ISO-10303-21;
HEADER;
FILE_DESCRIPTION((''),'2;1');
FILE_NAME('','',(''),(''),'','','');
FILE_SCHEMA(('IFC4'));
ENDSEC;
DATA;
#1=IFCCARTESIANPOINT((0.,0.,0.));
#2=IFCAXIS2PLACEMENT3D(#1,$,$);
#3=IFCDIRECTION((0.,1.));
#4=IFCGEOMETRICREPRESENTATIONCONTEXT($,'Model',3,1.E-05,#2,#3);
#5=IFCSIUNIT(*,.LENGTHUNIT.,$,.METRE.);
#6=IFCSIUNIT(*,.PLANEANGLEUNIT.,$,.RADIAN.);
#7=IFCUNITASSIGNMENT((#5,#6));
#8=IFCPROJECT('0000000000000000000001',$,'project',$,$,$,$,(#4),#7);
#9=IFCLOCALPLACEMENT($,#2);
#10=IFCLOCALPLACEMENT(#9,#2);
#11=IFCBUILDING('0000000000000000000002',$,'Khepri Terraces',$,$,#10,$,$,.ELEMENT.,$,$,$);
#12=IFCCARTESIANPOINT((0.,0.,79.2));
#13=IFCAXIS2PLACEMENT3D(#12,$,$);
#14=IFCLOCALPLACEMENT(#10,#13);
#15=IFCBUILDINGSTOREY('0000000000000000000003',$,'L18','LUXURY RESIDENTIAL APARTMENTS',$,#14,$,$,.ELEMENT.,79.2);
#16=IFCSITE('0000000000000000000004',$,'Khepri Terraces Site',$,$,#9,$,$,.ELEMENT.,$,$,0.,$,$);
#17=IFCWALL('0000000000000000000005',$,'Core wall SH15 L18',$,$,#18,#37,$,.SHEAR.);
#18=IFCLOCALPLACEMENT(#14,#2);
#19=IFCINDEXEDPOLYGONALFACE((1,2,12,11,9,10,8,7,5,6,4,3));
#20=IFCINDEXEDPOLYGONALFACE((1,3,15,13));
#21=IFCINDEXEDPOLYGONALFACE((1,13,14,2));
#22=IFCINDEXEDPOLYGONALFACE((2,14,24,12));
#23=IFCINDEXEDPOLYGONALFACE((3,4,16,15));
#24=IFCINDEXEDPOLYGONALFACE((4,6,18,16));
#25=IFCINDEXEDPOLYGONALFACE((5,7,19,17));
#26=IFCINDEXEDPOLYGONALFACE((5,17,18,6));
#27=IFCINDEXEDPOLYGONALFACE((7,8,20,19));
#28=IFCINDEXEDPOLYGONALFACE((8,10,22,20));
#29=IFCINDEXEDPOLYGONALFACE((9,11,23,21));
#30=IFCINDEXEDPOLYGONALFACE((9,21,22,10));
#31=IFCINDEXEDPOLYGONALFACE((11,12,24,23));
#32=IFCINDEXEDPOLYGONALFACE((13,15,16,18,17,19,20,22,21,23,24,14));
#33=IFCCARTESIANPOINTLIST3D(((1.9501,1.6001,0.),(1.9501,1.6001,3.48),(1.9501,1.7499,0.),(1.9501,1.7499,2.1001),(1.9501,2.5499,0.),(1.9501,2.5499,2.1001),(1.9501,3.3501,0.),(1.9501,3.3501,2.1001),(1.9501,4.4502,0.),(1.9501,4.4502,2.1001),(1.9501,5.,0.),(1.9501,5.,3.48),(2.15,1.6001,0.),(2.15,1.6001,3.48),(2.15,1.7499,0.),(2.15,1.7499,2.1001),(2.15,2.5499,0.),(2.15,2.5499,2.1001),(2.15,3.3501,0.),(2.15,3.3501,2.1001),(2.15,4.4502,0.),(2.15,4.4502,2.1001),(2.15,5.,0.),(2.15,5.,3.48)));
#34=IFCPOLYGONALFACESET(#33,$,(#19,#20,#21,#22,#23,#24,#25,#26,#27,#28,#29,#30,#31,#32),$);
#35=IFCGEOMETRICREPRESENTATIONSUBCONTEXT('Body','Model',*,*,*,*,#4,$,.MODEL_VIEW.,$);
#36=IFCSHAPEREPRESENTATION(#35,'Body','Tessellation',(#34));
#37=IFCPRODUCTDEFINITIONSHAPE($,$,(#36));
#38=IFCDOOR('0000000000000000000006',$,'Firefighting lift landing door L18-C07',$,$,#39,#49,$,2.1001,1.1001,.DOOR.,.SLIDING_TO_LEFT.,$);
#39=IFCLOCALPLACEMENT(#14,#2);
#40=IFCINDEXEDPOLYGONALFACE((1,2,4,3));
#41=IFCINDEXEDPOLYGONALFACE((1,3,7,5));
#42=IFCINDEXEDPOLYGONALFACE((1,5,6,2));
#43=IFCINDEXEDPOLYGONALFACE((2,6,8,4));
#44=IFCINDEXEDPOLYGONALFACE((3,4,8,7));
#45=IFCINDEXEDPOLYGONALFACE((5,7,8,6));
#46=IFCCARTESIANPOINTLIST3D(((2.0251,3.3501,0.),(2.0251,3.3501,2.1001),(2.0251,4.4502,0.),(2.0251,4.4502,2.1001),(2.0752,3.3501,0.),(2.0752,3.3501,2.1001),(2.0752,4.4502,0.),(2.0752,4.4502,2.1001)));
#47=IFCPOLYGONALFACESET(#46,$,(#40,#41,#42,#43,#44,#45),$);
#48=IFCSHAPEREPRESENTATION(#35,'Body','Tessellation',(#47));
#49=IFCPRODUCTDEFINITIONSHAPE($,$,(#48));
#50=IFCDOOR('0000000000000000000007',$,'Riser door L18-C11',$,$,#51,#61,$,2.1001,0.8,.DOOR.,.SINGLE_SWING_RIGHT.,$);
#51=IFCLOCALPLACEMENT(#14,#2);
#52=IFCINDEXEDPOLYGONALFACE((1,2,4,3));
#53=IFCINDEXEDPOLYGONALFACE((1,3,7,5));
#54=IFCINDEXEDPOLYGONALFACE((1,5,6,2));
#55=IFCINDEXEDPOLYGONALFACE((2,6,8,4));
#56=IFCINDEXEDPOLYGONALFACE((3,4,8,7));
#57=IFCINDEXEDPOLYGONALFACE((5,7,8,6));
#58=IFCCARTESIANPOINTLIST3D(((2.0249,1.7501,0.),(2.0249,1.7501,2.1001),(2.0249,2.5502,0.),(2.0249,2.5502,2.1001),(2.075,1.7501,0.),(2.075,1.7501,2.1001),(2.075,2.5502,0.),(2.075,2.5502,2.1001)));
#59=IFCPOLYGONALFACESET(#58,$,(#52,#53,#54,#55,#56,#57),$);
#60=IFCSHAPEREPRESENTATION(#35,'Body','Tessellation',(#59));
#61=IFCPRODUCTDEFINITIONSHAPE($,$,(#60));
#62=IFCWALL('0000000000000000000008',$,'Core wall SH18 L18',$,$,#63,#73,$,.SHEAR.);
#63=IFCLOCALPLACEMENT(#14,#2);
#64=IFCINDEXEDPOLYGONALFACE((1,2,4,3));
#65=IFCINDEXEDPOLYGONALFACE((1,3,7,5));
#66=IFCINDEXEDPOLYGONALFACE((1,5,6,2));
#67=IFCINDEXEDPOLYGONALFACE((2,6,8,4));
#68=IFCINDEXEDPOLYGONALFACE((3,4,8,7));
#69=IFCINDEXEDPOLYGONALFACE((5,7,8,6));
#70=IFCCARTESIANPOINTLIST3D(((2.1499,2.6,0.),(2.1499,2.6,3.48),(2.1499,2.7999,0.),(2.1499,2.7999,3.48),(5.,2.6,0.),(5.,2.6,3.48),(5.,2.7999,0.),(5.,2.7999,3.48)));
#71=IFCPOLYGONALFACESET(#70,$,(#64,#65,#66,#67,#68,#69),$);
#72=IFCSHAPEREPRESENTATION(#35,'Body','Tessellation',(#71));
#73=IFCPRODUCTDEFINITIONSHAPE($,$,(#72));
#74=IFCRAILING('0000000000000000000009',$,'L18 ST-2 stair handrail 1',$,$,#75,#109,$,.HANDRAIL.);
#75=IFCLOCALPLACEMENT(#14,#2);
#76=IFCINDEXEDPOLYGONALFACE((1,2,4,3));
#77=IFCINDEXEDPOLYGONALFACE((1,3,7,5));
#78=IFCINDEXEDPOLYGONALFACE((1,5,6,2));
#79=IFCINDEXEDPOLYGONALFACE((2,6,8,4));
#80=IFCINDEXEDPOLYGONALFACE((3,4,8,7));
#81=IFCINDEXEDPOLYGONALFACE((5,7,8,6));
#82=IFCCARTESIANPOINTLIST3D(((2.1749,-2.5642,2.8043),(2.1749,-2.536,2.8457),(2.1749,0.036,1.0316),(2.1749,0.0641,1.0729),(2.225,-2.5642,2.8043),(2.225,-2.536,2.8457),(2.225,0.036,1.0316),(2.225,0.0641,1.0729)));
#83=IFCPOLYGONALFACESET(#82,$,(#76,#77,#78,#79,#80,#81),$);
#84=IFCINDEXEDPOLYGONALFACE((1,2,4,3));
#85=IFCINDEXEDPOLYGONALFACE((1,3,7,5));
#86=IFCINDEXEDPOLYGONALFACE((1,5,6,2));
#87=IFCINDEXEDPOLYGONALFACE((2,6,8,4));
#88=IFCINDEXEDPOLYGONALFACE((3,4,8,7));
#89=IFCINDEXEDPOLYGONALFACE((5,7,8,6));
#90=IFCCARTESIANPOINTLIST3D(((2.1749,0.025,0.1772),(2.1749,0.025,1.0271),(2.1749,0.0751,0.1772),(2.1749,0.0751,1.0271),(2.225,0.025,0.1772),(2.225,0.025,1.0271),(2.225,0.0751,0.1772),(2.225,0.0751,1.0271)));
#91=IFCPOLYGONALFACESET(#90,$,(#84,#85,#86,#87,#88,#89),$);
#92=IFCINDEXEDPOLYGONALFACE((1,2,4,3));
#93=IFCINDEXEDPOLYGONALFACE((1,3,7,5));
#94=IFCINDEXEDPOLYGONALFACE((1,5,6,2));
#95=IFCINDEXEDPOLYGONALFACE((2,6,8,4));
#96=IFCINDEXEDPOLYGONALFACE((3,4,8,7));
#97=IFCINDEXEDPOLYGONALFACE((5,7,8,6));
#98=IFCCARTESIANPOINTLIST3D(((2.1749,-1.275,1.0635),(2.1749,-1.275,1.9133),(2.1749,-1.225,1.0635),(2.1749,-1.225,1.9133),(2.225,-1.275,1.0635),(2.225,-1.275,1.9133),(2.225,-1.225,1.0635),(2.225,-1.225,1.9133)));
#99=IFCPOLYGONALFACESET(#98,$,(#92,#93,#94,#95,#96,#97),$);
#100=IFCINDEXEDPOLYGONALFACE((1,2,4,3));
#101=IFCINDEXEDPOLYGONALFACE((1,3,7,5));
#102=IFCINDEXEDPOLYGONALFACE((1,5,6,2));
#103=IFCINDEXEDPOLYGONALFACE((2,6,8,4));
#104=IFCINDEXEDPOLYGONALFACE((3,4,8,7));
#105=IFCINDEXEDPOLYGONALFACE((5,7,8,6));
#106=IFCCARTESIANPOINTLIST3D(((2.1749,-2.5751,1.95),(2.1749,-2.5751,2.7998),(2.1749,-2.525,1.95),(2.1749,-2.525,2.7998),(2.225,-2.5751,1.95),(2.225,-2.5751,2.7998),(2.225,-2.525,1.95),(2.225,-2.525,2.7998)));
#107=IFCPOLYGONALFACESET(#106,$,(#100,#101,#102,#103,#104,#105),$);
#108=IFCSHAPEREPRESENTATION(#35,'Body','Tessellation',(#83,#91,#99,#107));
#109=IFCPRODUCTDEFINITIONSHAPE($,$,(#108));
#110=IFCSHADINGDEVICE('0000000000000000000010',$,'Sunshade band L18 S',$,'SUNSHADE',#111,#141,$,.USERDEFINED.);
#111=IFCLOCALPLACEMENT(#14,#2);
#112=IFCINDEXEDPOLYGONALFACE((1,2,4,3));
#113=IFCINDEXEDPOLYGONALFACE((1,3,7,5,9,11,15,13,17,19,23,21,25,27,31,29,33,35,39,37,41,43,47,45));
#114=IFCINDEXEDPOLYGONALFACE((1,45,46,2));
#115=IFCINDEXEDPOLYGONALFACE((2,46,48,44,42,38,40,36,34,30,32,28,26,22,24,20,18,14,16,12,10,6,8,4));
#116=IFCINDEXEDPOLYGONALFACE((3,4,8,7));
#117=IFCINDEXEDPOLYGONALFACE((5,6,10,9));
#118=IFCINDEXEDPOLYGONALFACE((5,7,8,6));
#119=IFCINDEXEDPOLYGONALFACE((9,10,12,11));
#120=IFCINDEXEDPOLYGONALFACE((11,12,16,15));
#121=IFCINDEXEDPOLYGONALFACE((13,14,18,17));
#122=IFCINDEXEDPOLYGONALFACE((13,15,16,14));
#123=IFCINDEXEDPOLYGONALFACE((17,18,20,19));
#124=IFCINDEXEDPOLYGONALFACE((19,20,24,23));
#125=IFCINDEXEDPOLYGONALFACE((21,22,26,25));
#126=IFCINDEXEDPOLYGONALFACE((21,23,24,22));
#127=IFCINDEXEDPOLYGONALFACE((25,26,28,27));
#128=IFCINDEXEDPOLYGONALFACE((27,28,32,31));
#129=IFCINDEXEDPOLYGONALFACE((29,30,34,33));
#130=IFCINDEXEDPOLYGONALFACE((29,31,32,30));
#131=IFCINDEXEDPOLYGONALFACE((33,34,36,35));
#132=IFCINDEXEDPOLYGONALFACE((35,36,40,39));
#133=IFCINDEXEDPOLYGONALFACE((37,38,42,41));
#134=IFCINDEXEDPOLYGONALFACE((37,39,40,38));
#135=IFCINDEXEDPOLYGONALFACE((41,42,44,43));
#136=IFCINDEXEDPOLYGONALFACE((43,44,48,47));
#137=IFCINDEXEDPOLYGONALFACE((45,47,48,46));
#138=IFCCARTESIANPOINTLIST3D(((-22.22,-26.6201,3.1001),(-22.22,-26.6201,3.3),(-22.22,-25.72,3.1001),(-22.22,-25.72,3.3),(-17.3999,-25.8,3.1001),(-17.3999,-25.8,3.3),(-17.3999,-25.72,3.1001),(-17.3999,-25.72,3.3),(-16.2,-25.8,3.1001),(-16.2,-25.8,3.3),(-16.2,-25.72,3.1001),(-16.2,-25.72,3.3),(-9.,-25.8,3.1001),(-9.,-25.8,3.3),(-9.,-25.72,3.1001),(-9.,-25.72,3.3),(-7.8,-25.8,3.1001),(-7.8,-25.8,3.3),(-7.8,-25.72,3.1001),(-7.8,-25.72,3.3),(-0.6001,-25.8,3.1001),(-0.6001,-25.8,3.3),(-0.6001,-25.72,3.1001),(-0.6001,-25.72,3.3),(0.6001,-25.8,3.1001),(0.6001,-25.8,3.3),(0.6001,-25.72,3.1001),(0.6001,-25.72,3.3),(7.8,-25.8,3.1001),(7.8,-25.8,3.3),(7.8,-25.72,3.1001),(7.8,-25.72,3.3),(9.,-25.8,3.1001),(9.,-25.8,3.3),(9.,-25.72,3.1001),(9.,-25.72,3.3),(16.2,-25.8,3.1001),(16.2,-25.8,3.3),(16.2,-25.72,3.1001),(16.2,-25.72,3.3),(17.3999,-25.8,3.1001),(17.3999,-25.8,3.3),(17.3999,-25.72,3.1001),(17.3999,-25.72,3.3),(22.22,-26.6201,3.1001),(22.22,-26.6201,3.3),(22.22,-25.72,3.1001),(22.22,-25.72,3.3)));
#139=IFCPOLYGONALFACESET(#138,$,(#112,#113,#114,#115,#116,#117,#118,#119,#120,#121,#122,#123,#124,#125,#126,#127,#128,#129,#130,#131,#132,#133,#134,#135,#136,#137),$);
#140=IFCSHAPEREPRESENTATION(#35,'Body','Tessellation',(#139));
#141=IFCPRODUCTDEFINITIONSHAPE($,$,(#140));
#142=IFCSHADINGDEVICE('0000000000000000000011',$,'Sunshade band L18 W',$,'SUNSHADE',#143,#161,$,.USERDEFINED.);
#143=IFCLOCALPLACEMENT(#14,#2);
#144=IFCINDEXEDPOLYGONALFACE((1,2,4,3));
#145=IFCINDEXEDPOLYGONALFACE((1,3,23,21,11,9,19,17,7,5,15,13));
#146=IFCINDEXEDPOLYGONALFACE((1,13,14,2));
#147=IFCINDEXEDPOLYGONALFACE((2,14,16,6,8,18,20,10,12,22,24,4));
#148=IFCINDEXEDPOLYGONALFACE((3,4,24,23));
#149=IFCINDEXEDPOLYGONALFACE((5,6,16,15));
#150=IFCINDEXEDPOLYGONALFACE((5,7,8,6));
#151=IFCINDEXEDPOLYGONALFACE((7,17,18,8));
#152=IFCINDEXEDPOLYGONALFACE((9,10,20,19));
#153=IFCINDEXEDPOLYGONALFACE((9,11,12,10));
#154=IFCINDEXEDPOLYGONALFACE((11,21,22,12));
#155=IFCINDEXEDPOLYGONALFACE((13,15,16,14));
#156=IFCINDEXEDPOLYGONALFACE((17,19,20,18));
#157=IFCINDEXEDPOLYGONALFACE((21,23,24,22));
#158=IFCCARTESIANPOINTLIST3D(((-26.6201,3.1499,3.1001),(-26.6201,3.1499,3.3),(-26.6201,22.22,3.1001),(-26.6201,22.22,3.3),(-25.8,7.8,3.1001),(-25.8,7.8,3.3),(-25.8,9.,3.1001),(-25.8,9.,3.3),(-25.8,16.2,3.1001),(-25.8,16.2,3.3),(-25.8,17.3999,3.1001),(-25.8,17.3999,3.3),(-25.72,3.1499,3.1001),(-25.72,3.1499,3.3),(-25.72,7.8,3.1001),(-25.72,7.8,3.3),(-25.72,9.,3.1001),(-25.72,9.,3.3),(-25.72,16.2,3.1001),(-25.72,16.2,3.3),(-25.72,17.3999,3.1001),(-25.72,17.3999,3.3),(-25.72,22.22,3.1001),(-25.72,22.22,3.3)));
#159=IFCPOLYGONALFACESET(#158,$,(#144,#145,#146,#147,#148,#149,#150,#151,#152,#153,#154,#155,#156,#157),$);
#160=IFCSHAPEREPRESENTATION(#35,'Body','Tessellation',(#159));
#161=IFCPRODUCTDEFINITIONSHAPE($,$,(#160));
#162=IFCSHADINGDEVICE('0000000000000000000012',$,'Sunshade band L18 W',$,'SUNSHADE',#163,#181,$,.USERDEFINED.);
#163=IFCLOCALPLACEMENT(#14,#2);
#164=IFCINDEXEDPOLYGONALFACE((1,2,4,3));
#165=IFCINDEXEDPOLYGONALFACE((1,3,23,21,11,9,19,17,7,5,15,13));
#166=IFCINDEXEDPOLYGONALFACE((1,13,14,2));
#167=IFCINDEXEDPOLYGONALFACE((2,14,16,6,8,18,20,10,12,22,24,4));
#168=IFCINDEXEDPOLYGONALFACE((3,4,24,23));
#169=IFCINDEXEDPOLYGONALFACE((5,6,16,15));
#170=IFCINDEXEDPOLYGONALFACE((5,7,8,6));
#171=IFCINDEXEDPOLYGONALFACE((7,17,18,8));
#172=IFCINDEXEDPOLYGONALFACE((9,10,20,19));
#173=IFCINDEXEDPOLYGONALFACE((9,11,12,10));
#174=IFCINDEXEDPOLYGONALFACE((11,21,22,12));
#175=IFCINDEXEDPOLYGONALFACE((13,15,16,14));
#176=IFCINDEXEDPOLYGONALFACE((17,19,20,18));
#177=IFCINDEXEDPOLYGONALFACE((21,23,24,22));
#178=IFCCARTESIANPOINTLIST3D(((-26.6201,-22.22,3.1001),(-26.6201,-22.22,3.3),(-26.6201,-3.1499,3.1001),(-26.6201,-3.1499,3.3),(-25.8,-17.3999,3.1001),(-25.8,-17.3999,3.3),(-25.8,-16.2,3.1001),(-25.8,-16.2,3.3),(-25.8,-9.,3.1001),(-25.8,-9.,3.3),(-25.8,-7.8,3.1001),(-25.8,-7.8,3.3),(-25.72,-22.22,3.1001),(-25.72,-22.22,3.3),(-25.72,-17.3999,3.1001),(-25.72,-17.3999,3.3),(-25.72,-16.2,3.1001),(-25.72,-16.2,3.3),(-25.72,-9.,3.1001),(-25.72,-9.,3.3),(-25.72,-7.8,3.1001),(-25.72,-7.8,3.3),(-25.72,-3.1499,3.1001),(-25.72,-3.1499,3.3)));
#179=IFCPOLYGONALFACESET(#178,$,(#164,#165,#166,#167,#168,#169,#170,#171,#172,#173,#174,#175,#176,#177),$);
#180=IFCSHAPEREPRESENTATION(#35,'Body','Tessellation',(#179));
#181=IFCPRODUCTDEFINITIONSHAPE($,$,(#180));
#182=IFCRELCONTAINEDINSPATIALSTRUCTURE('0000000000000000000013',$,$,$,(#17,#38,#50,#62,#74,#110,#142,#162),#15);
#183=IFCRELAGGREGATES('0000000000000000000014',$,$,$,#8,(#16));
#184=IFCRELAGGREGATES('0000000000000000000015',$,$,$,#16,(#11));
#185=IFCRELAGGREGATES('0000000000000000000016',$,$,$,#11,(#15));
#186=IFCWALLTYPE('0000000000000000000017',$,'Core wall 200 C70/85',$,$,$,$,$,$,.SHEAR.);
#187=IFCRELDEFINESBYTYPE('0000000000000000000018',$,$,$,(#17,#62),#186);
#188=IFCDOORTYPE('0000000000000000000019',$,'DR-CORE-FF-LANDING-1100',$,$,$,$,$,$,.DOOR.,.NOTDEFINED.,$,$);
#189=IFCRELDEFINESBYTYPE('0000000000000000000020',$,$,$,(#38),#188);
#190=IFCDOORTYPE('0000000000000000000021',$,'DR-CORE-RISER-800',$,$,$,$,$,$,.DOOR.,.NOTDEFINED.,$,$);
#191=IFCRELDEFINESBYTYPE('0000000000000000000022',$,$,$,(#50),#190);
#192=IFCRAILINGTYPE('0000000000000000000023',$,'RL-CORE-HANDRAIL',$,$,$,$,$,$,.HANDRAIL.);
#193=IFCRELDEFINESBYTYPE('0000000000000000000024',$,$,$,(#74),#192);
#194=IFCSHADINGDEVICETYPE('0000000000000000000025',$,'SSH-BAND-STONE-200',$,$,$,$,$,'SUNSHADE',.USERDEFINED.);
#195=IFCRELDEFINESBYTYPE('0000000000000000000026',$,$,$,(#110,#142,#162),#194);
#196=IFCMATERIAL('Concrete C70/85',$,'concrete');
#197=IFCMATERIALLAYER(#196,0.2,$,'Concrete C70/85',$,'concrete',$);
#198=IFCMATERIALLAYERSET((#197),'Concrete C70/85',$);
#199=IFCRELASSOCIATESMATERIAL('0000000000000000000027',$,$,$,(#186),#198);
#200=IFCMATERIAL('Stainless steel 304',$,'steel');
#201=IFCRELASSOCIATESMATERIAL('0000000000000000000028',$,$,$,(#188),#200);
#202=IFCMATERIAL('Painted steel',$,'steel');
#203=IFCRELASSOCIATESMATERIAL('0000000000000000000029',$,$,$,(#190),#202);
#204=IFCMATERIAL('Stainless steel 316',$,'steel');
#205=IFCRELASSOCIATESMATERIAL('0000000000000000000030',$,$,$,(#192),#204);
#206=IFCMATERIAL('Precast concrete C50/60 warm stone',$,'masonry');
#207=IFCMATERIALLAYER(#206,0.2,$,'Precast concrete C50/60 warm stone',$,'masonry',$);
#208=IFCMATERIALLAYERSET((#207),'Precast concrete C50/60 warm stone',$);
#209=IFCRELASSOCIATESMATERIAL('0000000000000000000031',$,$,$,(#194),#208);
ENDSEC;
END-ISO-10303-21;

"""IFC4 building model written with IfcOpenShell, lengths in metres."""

from ifc_helpers import new_model, si_unit, direction, frame, frame_2d, origin, origin_2d, place, context, subcontext, project, spatial, polyline, rectangle, outline, extrude, material, layer, layer_set, type_object, element, fill, save


model = new_model("IFC4")

# Units and contexts
model_context = context("Model", 3, precision=1e-05, world=origin(), true_north=direction((0.0, 1.0)))
body_context = subcontext(model_context, "Body", "Model", "MODEL_VIEW")
ifc_project = project(units=[si_unit("LENGTHUNIT", "METRE"), si_unit("PLANEANGLEUNIT", "RADIAN")], contexts=[model_context])

# Site, building, storey
site_placement = place(None, origin())
site = spatial("IfcSite", under=ifc_project, at=site_placement, Name="Khepri Terraces Site", CompositionType="ELEMENT", RefElevation=0.0)
building_placement = place(site_placement, origin())
building = spatial("IfcBuilding", under=site, at=building_placement, Name="Khepri Terraces", CompositionType="ELEMENT")
storey_placement = place(building_placement, frame((0.0, 0.0, 79.2)))
storey = spatial("IfcBuildingStorey", under=building, at=storey_placement, Name="L18", Description="LUXURY RESIDENTIAL APARTMENTS", CompositionType="ELEMENT", Elevation=79.2)

# Shared definitions
ifc_material_1 = material(Name="Precast concrete C50/60 warm stone", Category="masonry")

# Shared definitions
ifc_material_2 = material(Name="Concrete C70/85", Category="concrete")
ifc_layer_1 = layer(ifc_material_2, 0.2, Name="Concrete C70/85", Category="concrete")
ifc_layer_set_1 = layer_set([ifc_layer_1], Name="Concrete C70/85")
wall_type = type_object("IfcWallType", Name="Core wall 200 C70/85", PredefinedType="SHEAR", material=ifc_layer_set_1)

# Shared definitions
ifc_material_3 = material(Name="Painted steel", Category="steel")

# Wall, openings, doors
wall_1_placement = place(storey_placement, frame((2.05, 1.6001, 0.0), z_axis=(0.0, 0.0, 1.0), x_axis=(0.0, 1.0, 0.0)))
wall_1 = element("IfcWall", 1, at=wall_1_placement, inside=storey, type_object=wall_type, Name="Core wall SH15 L18", PredefinedType="SHEAR", context=body_context, shape_type="SweptSolid", body=[
    extrude(rectangle(XDim=3.3999, YDim=0.2, at=frame_2d((1.7, 0.0))), origin(), (0.0, 0.0, 1.0), 3.48),
])
opening_1_placement = place(wall_1_placement, frame((1.75, 0.0, 0.0)))
opening_1 = element("IfcOpeningElement", 2, at=opening_1_placement, cuts=wall_1, PredefinedType="OPENING", context=body_context, shape_type="SweptSolid", body=[
    extrude(rectangle(XDim=1.1001, YDim=2.1001, at=frame_2d((0.55, 1.05))), frame((0.0, 0.1099, 0.0), z_axis=(0.0, -1.0, 0.0), x_axis=(1.0, 0.0, 0.0)), (0.0, 0.0, 1.0), 0.22),
])
opening_2_placement = place(wall_1_placement, frame((0.1499, 0.0, 0.0)))
opening_2 = element("IfcOpeningElement", 3, at=opening_2_placement, cuts=wall_1, PredefinedType="OPENING", context=body_context, shape_type="SweptSolid", body=[
    extrude(rectangle(XDim=0.8, YDim=2.1001, at=frame_2d((0.3999, 1.05))), frame((0.0, 0.1099, 0.0), z_axis=(0.0, -1.0, 0.0), x_axis=(1.0, 0.0, 0.0)), (0.0, 0.0, 1.0), 0.22),
])
ifc_material_4 = material(Name="Stainless steel 304", Category="steel")
door_type_1 = type_object("IfcDoorType", Name="DR-CORE-FF-LANDING-1100", OperationType="NOTDEFINED", PredefinedType="DOOR", material=ifc_material_4)
door_1_placement = place(opening_1_placement, origin())
door_1 = element("IfcDoor", 4, at=door_1_placement, inside=storey, type_object=door_type_1, Name="Firefighting lift landing door L18-C07", OperationType="SLIDING_TO_LEFT", OverallHeight=2.1001, OverallWidth=1.1001, PredefinedType="DOOR", context=body_context, shape_type="SweptSolid", body=[
    extrude(rectangle(XDim=1.1001, YDim=2.1001, at=frame_2d((0.55, 1.05))), frame((0.0, 0.0249, 0.0), z_axis=(0.0, -1.0, 0.0), x_axis=(1.0, 0.0, 0.0)), (0.0, 0.0, 1.0), 0.05),
])
fill(opening_1, door_1)
door_type_2 = type_object("IfcDoorType", Name="DR-CORE-RISER-800", OperationType="NOTDEFINED", PredefinedType="DOOR", material=ifc_material_3)
door_2_placement = place(opening_2_placement, frame((0.8, 0.0, 0.0), z_axis=(0.0, 0.0, 1.0), x_axis=(-1.0, 0.0, 0.0)))
door_2 = element("IfcDoor", 5, at=door_2_placement, inside=storey, type_object=door_type_2, Name="Riser door L18-C11", OperationType="SINGLE_SWING_RIGHT", OverallHeight=2.1001, OverallWidth=0.8, PredefinedType="DOOR", context=body_context, shape_type="SweptSolid", body=[
    extrude(rectangle(XDim=0.8, YDim=2.1001, at=frame_2d((0.3999, 1.05))), frame((0.0, 0.0249, 0.0), z_axis=(0.0, -1.0, 0.0), x_axis=(1.0, 0.0, 0.0)), (0.0, 0.0, 1.0), 0.05),
])
fill(opening_2, door_2)

# Wall
wall_2_placement = place(storey_placement, frame((2.1499, 2.7, 0.0), z_axis=(0.0, 0.0, 1.0), x_axis=(1.0, 0.0, 0.0)))
element("IfcWall", 6, at=wall_2_placement, inside=storey, type_object=wall_type, Name="Core wall SH18 L18", PredefinedType="SHEAR", context=body_context, shape_type="SweptSolid", body=[
    extrude(rectangle(XDim=2.8501, YDim=0.2, at=frame_2d((1.425, 0.0))), origin(), (0.0, 0.0, 1.0), 3.48),
])

# Railing
ifc_material_5 = material(Name="Stainless steel 316", Category="steel")
railing_type = type_object("IfcRailingType", Name="RL-CORE-HANDRAIL", PredefinedType="HANDRAIL", material=ifc_material_5)
railing_placement = place(storey_placement, frame((2.2, 0.05, 0.1772)))
element("IfcRailing", 7, at=railing_placement, inside=storey, type_object=railing_type, Name="L18 ST-2 stair handrail 1", PredefinedType="HANDRAIL", context=body_context, shape_type="SweptSolid", body=[
    extrude(rectangle(XDim=0.05, YDim=0.05, at=origin_2d()), frame((0.0, 0.0, 0.875), z_axis=(0.0, -0.82624, 0.563318), x_axis=(1.0, 0.0, 0.0)), (0.0, 0.0, 1.0), 3.147),
    extrude(rectangle(XDim=0.05, YDim=0.05, at=origin_2d()), origin(), (0.0, 0.0, 1.0), 0.8499),
    extrude(rectangle(XDim=0.05, YDim=0.05, at=origin_2d()), frame((0.0, -1.3, 0.8862)), (0.0, 0.0, 1.0), 0.8499),
    extrude(rectangle(XDim=0.05, YDim=0.05, at=origin_2d()), frame((0.0, -2.6001, 1.7727)), (0.0, 0.0, 1.0), 0.8499),
])

# Shading devices
ifc_layer_2 = layer(ifc_material_1, 0.2, Name="Precast concrete C50/60 warm stone", Category="masonry")
ifc_layer_set_2 = layer_set([ifc_layer_2], Name="Precast concrete C50/60 warm stone")
shading_device_type_1 = type_object("IfcShadingDeviceType", Name="SSH-BAND-STONE-200", ElementType="SUNSHADE", PredefinedType="USERDEFINED", material=ifc_layer_set_2)
shading_device_1_placement = place(storey_placement, frame((0.0, 0.0, 3.1001)))
element("IfcShadingDevice", 8, at=shading_device_1_placement, inside=storey, type_object=shading_device_type_1, Name="Sunshade band L18 S", ObjectType="SUNSHADE", PredefinedType="USERDEFINED", context=body_context, shape_type="SweptSolid", body=[
    extrude(outline(polyline([(-17.3999, -25.72), (-22.22, -25.72), (-22.22, -26.6201), (22.22, -26.6201), (22.22, -25.72), (17.3999, -25.72), (17.3999, -25.8), (16.2, -25.8), (16.2, -25.72), (9.0, -25.72), (9.0, -25.8), (7.8, -25.8), (7.8, -25.72), (0.6001, -25.72), (0.6001, -25.8), (-0.6001, -25.8), (-0.6001, -25.72), (-7.8, -25.72), (-7.8, -25.8), (-9.0, -25.8), (-9.0, -25.72), (-16.2, -25.72), (-16.2, -25.8), (-17.3999, -25.8), (-17.3999, -25.72)])), origin(), (0.0, 0.0, 1.0), 0.2),
])
shading_device_2_placement = place(storey_placement, frame((0.0, 0.0, 3.1001)))
element("IfcShadingDevice", 9, at=shading_device_2_placement, inside=storey, type_object=shading_device_type_1, Name="Sunshade band L18 W", ObjectType="SUNSHADE", PredefinedType="USERDEFINED", context=body_context, shape_type="SweptSolid", body=[
    extrude(outline(polyline([(-25.72, 17.3999), (-25.72, 22.22), (-26.6201, 22.22), (-26.6201, 3.1499), (-25.72, 3.1499), (-25.72, 7.8), (-25.8, 7.8), (-25.8, 9.0), (-25.72, 9.0), (-25.72, 16.2), (-25.8, 16.2), (-25.8, 17.3999), (-25.72, 17.3999)])), origin(), (0.0, 0.0, 1.0), 0.2),
])
shading_device_3_placement = place(storey_placement, frame((0.0, 0.0, 3.1001)))
element("IfcShadingDevice", 10, at=shading_device_3_placement, inside=storey, type_object=shading_device_type_1, Name="Sunshade band L18 W", ObjectType="SUNSHADE", PredefinedType="USERDEFINED", context=body_context, shape_type="SweptSolid", body=[
    extrude(outline(polyline([(-25.72, -7.8), (-25.72, -3.1499), (-26.6201, -3.1499), (-26.6201, -22.22), (-25.72, -22.22), (-25.72, -17.3999), (-25.8, -17.3999), (-25.8, -16.2), (-25.72, -16.2), (-25.72, -9.0), (-25.8, -9.0), (-25.8, -7.8), (-25.72, -7.8)])), origin(), (0.0, 0.0, 1.0), 0.2),
])

save(model, "model.ifc")
